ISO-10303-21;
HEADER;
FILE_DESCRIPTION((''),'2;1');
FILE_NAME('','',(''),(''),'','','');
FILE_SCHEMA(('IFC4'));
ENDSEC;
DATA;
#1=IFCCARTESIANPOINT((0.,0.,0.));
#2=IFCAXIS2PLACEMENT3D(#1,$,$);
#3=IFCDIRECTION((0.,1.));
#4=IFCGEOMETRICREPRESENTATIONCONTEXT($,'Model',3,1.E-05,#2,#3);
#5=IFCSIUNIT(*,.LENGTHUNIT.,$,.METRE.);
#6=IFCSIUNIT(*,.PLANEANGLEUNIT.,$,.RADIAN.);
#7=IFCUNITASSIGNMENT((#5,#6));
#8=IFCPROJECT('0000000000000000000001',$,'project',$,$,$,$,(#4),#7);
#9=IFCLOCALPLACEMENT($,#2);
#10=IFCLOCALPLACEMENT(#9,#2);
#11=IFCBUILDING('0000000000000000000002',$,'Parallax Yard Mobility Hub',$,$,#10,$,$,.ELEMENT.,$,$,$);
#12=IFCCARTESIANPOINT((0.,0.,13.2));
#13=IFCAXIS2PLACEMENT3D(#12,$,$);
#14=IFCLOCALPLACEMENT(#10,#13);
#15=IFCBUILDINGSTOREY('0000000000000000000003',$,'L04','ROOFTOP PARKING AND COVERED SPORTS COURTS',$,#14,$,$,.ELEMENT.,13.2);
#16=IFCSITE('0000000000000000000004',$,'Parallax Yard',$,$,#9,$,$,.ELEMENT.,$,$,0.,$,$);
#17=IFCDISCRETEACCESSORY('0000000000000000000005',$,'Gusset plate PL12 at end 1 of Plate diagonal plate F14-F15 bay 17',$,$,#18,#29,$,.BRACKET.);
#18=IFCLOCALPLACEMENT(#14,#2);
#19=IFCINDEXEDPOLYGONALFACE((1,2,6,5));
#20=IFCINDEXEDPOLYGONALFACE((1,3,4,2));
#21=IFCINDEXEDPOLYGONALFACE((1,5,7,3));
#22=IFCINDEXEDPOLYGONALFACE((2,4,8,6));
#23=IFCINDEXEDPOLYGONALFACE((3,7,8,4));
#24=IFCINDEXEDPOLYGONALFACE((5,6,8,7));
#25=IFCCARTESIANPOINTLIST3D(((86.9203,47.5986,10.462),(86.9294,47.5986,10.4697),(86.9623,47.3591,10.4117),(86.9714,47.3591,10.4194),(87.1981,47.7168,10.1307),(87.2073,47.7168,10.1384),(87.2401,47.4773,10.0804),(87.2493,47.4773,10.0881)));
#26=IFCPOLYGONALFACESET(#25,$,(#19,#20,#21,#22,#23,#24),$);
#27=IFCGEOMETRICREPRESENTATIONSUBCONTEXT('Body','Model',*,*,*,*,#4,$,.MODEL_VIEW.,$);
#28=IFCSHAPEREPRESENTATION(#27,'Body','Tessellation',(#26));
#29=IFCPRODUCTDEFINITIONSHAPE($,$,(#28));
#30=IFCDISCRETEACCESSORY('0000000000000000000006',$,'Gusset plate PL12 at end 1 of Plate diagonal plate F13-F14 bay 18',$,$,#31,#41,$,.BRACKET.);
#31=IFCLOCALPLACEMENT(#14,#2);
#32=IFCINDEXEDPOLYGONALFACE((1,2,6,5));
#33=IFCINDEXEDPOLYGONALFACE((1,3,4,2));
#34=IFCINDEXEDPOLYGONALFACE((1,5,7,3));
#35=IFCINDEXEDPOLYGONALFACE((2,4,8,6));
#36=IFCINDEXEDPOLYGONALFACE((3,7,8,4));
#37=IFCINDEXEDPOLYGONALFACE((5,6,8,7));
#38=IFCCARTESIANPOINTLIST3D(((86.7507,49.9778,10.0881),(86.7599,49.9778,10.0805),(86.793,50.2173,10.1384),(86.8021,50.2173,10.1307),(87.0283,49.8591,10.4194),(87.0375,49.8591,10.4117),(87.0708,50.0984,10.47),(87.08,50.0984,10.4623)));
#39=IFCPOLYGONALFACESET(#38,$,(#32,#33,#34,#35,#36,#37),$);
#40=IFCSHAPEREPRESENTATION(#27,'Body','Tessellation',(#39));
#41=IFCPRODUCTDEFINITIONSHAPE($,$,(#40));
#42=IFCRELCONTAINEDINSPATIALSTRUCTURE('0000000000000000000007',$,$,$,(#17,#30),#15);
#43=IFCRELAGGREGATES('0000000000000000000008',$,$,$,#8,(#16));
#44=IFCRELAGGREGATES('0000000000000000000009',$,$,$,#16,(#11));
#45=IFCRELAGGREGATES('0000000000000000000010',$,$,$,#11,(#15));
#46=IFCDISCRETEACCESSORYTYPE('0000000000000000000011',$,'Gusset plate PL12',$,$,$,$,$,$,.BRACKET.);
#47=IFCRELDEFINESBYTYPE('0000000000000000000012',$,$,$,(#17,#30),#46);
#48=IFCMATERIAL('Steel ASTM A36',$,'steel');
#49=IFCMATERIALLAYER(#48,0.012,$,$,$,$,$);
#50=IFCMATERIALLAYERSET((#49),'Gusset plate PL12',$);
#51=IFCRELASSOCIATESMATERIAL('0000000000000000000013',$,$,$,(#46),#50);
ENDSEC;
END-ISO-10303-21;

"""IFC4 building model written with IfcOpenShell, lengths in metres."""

from ifc_helpers import new_model, si_unit, direction, frame, origin, place, context, subcontext, project, spatial, polyline, outline, extrude, material, layer, layer_set, type_object, element, save


model = new_model("IFC4")

# Units and contexts
model_context = context("Model", 3, precision=1e-05, world=origin(), true_north=direction((0.0, 1.0)))
body_context = subcontext(model_context, "Body", "Model", "MODEL_VIEW")
ifc_project = project(units=[si_unit("LENGTHUNIT", "METRE"), si_unit("PLANEANGLEUNIT", "RADIAN")], contexts=[model_context])

# Site, building, storey
site_placement = place(None, origin())
site = spatial("IfcSite", under=ifc_project, at=site_placement, Name="Parallax Yard", CompositionType="ELEMENT", RefElevation=0.0)
building_placement = place(site_placement, origin())
building = spatial("IfcBuilding", under=site, at=building_placement, Name="Parallax Yard Mobility Hub", CompositionType="ELEMENT")
storey_placement = place(building_placement, frame((0.0, 0.0, 13.2)))
storey = spatial("IfcBuildingStorey", under=building, at=storey_placement, Name="L04", Description="ROOFTOP PARKING AND COVERED SPORTS COURTS", CompositionType="ELEMENT", Elevation=13.2)

# Discrete accessories
ifc_material_1 = material(Name="Steel ASTM A36", Category="steel")
ifc_layer_1 = layer(ifc_material_1, 0.012)
ifc_layer_set_1 = layer_set([ifc_layer_1], Name="Gusset plate PL12")
discrete_accessory_type = type_object("IfcDiscreteAccessoryType", Name="Gusset plate PL12", PredefinedType="BRACKET", material=ifc_layer_set_1)
discrete_accessory_1_placement = place(storey_placement, frame((87.2073, 47.7168, 10.1384), z_axis=(0.766324, -0.000548, 0.642455), x_axis=(-0.619839, -0.263622, 0.739123)))
element("IfcDiscreteAccessory", 1, at=discrete_accessory_1_placement, inside=storey, type_object=discrete_accessory_type, Name="Gusset plate PL12 at end 1 of Plate diagonal plate F14-F15 bay 17", PredefinedType="BRACKET", context=body_context, shape_type="SweptSolid", body=[
    extrude(outline(polyline([(0.0, 0.0), (0.4482, 0.0), (0.4482, 0.2483), (-0.0001, 0.2483), (0.0, 0.0)])), origin(), (0.0, 0.0, -1.0), 0.012),
])
discrete_accessory_2_placement = place(storey_placement, frame((86.7507, 49.9778, 10.0881), z_axis=(-0.766423, 0.000339, 0.642336), x_axis=(0.619351, -0.264725, 0.739138)))
element("IfcDiscreteAccessory", 2, at=discrete_accessory_2_placement, inside=storey, type_object=discrete_accessory_type, Name="Gusset plate PL12 at end 1 of Plate diagonal plate F13-F14 bay 18", PredefinedType="BRACKET", context=body_context, shape_type="SweptSolid", body=[
    extrude(outline(polyline([(0.0, 0.0), (0.4482, 0.0), (0.4485, 0.2482), (-0.0001, 0.2483), (0.0, 0.0)])), origin(), (0.0, 0.0, -1.0), 0.012),
])

save(model, "model.ifc")
